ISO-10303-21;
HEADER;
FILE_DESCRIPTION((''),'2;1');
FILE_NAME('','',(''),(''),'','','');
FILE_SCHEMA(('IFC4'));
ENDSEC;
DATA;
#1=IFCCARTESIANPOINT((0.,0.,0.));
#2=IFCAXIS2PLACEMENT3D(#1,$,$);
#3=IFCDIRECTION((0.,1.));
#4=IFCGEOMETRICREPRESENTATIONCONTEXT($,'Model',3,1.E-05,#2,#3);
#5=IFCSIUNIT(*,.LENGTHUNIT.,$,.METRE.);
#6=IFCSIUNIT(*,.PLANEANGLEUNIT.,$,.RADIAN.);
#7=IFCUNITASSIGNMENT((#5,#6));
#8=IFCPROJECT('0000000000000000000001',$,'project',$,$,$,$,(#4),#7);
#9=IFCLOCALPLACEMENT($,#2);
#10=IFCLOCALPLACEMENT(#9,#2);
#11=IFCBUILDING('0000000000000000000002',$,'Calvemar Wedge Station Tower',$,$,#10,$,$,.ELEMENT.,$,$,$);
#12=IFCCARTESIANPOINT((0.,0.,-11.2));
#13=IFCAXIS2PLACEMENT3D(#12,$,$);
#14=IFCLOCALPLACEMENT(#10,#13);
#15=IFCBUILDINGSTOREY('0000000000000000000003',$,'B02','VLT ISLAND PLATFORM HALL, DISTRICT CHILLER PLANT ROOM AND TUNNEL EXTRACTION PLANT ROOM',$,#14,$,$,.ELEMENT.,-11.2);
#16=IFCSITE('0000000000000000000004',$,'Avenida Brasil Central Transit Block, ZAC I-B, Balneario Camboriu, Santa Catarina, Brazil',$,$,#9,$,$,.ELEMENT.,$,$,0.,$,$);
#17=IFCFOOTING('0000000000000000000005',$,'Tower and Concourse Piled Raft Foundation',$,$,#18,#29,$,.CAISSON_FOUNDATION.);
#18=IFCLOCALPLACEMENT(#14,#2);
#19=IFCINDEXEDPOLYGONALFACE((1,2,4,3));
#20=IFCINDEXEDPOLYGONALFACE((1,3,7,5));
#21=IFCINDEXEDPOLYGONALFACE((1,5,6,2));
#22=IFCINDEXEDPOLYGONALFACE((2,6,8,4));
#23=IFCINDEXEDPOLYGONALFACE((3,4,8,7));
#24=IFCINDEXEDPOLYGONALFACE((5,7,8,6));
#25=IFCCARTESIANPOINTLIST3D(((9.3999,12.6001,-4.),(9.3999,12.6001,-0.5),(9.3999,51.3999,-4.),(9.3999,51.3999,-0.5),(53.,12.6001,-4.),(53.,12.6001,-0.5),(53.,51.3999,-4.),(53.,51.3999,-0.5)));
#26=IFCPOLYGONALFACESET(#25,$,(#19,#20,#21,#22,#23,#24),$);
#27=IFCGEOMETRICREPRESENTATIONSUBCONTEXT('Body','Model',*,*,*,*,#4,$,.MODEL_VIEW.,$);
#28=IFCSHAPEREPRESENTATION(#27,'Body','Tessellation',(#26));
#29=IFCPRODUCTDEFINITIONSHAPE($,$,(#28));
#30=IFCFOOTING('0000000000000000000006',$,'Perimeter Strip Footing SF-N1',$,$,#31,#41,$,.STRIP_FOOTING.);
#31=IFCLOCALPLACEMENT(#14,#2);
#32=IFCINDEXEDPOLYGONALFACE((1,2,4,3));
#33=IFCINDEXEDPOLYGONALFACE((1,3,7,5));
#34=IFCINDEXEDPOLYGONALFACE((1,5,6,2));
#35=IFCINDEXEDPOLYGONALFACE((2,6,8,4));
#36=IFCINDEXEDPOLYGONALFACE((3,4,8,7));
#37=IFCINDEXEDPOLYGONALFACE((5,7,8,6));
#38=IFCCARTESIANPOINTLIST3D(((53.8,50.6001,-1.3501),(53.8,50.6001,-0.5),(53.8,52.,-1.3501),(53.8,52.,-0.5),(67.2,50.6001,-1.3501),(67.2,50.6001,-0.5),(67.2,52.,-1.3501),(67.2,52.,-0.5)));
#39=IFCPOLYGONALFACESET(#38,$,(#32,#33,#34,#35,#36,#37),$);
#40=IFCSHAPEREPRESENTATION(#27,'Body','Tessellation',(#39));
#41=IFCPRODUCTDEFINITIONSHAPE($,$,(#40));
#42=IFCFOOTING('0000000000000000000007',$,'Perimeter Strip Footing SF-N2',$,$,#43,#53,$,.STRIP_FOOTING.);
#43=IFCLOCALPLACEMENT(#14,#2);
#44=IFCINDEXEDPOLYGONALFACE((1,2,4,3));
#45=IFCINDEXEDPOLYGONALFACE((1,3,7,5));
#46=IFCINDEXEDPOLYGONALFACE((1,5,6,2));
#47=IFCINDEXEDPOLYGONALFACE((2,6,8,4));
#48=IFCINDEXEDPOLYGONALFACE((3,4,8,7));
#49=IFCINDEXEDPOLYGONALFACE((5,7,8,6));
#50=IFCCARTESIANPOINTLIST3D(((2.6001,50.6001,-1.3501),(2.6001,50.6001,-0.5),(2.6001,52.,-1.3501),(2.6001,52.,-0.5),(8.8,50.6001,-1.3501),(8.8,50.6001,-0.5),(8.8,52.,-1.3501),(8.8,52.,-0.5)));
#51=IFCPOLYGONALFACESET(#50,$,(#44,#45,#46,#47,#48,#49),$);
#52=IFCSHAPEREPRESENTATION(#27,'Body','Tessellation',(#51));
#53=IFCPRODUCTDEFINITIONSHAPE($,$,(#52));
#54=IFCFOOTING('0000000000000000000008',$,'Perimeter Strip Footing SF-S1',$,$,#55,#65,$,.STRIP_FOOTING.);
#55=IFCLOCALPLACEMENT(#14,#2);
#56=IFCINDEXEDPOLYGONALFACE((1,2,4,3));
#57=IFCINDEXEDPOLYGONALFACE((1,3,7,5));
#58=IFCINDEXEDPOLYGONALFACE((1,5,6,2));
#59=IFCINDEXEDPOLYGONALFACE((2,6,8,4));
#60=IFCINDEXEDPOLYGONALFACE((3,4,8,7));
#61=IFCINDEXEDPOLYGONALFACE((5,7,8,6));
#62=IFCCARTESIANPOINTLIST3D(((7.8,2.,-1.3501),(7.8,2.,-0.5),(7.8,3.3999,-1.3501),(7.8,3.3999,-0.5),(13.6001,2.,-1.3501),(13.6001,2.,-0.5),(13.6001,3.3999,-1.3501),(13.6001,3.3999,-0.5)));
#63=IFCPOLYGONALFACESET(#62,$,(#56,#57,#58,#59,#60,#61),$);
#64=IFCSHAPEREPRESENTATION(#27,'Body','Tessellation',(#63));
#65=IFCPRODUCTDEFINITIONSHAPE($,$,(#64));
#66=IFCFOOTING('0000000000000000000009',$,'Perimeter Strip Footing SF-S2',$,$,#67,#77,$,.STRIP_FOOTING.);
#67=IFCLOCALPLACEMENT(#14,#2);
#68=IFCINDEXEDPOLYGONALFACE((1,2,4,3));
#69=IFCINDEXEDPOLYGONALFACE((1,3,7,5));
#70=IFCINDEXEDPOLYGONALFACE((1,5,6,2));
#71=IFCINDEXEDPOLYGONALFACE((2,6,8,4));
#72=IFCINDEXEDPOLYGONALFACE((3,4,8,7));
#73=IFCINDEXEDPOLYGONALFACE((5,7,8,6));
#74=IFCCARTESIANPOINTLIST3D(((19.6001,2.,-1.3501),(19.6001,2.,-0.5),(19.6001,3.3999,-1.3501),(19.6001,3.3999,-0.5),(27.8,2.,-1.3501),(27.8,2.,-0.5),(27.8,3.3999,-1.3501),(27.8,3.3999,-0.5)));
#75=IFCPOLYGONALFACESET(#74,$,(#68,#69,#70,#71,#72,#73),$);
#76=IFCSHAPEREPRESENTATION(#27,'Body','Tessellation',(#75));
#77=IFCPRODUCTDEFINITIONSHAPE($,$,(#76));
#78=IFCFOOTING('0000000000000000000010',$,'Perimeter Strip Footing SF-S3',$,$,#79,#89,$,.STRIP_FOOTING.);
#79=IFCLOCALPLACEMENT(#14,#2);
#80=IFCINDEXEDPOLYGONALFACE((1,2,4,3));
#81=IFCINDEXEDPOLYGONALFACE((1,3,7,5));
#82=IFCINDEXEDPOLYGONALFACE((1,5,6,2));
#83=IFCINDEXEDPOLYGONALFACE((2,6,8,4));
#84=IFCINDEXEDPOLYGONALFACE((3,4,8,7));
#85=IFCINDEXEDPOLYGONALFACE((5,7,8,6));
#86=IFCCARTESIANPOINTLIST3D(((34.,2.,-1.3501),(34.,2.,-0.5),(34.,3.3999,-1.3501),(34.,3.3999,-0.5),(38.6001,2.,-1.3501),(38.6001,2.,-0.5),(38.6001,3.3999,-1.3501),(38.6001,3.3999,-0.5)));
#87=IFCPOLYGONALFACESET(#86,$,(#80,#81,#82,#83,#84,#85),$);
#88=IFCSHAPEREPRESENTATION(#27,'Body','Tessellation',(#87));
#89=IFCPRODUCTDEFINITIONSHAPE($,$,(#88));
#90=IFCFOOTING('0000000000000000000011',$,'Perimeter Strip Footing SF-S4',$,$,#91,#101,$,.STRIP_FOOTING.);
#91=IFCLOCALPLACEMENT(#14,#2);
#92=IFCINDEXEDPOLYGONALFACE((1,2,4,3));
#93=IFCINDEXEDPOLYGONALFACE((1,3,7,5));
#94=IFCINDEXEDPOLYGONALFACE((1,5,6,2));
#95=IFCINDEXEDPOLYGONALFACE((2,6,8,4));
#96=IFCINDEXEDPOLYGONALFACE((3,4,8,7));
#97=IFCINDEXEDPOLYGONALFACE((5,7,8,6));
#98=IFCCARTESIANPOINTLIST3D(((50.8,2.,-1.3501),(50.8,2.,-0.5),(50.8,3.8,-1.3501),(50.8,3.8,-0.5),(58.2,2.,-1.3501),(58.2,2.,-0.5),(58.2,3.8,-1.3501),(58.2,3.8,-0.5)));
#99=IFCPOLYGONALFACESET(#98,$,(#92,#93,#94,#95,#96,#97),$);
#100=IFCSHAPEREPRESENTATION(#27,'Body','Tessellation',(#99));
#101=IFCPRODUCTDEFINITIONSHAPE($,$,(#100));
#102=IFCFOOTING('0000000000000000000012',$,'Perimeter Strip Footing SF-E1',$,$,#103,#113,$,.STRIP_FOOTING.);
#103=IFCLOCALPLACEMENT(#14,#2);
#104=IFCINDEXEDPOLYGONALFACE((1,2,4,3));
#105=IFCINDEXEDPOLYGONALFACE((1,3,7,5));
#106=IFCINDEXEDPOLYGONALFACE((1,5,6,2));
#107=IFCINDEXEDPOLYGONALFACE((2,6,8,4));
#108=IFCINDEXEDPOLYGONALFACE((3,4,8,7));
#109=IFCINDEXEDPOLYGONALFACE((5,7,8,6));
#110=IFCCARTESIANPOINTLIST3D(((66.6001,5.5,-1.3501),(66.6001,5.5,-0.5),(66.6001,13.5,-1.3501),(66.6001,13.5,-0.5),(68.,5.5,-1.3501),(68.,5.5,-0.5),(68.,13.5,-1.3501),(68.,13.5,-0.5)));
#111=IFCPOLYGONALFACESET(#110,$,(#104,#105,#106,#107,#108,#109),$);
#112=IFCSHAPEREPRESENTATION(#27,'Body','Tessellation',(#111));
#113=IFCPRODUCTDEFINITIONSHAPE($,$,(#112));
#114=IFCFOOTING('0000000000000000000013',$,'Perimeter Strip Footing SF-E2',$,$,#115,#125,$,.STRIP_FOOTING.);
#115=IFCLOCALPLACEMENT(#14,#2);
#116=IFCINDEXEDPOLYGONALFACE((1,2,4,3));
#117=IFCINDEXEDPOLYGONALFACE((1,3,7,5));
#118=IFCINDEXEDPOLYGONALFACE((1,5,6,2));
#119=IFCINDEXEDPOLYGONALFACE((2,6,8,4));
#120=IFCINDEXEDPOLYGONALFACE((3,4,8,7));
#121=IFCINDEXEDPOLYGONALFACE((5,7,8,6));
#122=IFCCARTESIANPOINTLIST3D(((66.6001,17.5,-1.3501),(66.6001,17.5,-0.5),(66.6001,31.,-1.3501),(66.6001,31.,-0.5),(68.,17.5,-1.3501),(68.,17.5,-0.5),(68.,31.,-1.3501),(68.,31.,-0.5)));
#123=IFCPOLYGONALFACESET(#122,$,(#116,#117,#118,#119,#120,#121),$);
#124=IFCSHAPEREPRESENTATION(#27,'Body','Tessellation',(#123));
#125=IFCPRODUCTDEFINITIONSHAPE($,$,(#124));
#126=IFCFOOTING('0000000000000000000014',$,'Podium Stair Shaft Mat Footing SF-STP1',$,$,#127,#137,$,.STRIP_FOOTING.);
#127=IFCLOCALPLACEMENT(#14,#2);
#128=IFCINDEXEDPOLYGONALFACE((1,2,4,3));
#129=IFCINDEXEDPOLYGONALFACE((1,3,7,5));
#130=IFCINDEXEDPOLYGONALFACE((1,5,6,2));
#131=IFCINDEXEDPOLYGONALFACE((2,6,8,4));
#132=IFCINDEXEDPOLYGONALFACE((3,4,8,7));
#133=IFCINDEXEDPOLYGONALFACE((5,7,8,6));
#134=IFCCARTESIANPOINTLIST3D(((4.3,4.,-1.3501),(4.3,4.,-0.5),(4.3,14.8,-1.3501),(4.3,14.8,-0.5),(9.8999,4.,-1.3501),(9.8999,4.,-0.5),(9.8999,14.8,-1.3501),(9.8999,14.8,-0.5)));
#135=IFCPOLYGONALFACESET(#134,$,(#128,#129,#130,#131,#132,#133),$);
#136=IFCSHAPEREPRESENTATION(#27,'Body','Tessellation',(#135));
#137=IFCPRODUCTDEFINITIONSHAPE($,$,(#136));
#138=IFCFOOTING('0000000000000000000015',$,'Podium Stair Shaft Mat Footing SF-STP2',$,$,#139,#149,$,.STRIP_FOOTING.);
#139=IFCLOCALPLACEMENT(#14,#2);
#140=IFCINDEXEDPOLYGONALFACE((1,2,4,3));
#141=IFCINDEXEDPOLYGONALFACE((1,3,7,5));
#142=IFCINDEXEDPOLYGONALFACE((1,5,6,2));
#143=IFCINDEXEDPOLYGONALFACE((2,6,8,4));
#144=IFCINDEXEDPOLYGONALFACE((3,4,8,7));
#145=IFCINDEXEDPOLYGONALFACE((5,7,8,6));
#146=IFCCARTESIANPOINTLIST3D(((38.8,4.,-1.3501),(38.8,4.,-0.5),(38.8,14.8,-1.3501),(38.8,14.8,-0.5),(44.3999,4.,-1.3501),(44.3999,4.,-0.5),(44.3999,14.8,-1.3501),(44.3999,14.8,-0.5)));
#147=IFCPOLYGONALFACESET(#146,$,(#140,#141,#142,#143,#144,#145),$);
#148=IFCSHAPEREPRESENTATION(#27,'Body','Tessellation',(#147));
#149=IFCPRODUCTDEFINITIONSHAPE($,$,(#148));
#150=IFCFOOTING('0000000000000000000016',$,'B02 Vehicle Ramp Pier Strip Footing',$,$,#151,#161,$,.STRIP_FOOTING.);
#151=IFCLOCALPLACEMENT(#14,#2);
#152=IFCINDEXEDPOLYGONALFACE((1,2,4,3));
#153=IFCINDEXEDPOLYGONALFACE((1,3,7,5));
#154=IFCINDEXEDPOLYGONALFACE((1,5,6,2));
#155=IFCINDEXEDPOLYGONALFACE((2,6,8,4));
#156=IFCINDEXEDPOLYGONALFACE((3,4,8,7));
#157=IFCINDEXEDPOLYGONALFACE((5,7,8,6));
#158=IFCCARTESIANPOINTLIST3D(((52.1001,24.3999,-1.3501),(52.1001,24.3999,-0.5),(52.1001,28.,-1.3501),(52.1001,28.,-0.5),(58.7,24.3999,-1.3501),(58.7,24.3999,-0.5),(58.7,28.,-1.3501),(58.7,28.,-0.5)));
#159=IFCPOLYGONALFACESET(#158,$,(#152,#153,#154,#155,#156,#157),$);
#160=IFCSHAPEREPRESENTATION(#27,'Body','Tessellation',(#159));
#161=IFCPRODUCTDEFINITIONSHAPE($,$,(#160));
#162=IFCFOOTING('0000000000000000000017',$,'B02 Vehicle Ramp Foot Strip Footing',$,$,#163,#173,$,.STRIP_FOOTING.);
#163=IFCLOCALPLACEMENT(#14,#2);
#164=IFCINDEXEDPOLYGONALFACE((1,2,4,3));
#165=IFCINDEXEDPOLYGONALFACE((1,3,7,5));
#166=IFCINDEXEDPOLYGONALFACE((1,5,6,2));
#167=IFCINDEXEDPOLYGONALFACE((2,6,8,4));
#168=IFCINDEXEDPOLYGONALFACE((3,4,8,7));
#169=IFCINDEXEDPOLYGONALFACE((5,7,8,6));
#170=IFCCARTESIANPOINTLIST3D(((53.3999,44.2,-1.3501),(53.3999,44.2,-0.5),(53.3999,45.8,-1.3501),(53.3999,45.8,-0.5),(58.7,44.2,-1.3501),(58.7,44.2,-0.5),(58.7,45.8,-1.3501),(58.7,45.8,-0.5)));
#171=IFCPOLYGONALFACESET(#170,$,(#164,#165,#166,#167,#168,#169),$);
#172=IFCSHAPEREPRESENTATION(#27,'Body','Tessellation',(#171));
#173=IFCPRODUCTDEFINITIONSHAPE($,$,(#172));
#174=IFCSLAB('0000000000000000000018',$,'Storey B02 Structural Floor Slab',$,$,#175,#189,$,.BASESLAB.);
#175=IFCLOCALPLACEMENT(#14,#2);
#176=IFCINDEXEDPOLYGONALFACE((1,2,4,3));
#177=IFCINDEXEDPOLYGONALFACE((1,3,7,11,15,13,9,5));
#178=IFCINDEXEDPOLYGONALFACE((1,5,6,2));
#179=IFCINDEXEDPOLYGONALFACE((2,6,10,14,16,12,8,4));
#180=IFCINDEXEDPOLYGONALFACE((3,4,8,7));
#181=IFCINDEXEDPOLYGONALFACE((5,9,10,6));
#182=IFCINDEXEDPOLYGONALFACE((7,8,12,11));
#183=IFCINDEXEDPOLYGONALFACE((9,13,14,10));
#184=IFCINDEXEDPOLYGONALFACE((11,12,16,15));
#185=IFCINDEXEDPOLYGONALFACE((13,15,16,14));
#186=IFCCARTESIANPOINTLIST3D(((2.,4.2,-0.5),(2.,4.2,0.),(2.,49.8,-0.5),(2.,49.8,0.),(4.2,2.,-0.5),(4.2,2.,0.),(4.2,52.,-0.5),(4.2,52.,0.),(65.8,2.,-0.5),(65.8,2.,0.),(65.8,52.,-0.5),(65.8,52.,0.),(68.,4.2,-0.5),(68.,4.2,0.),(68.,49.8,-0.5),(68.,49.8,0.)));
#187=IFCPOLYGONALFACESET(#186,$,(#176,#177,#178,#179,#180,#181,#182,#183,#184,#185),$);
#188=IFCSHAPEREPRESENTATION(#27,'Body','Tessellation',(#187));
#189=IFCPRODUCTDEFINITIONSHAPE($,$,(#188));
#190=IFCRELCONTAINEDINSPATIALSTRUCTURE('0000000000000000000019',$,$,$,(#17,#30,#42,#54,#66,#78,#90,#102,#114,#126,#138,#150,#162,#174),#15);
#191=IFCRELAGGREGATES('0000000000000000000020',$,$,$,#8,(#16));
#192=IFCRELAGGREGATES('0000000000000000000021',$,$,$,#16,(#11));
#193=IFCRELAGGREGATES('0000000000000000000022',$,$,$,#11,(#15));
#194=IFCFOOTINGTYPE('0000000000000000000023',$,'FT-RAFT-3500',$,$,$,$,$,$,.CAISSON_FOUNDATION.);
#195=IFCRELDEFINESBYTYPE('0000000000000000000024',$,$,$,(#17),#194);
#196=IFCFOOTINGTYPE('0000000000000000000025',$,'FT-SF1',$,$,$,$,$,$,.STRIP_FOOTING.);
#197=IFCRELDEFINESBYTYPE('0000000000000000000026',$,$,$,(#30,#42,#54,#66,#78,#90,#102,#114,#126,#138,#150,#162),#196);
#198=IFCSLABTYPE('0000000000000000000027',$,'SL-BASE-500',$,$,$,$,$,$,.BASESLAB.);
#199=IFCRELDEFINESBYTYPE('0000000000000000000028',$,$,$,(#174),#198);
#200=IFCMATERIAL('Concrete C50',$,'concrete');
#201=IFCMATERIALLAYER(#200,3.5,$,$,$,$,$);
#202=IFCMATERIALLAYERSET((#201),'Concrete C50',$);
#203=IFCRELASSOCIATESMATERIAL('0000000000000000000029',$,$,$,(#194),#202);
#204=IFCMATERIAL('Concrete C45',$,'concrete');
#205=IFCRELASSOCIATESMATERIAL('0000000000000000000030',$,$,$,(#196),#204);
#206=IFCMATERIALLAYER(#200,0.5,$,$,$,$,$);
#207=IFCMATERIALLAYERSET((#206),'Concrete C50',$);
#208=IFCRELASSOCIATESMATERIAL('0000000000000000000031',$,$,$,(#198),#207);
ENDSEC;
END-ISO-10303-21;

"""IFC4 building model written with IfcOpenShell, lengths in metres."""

from ifc_helpers import new_model, si_unit, direction, frame, origin, place, context, subcontext, project, spatial, polyline, outline, extrude, material, layer, layer_set, type_object, element, save


model = new_model("IFC4")

# Units and contexts
model_context = context("Model", 3, precision=1e-05, world=origin(), true_north=direction((0.0, 1.0)))
body_context = subcontext(model_context, "Body", "Model", "MODEL_VIEW")
ifc_project = project(units=[si_unit("LENGTHUNIT", "METRE"), si_unit("PLANEANGLEUNIT", "RADIAN")], contexts=[model_context])

# Site, building, storey
site_placement = place(None, origin())
site = spatial("IfcSite", under=ifc_project, at=site_placement, Name="Avenida Brasil Central Transit Block, ZAC I-B, Balneario Camboriu, Santa Catarina, Brazil", CompositionType="ELEMENT", RefElevation=0.0)
building_placement = place(site_placement, origin())
building = spatial("IfcBuilding", under=site, at=building_placement, Name="Calvemar Wedge Station Tower", CompositionType="ELEMENT")
storey_placement = place(building_placement, frame((0.0, 0.0, -11.2)))
storey = spatial("IfcBuildingStorey", under=building, at=storey_placement, Name="B02", Description="VLT ISLAND PLATFORM HALL, DISTRICT CHILLER PLANT ROOM AND TUNNEL EXTRACTION PLANT ROOM", CompositionType="ELEMENT", Elevation=-11.2)

# Footings
ifc_material_1 = material(Name="Concrete C50", Category="concrete")
ifc_layer_1 = layer(ifc_material_1, 3.5)
ifc_layer_set_1 = layer_set([ifc_layer_1], Name="Concrete C50")
footing_type_1 = type_object("IfcFootingType", Name="FT-RAFT-3500", PredefinedType="CAISSON_FOUNDATION", material=ifc_layer_set_1)
footing_1_placement = place(storey_placement, frame((0.0, 0.0, -4.0)))
element("IfcFooting", 1, at=footing_1_placement, inside=storey, type_object=footing_type_1, Name="Tower and Concourse Piled Raft Foundation", PredefinedType="CAISSON_FOUNDATION", context=body_context, shape_type="SweptSolid", body=[
    extrude(outline(polyline([(9.3999, 12.6001), (53.0, 12.6001), (53.0, 51.3999), (9.3999, 51.3999), (9.3999, 12.6001)])), origin(), (0.0, 0.0, 1.0), 3.5),
])
ifc_material_2 = material(Name="Concrete C45", Category="concrete")
footing_type_2 = type_object("IfcFootingType", Name="FT-SF1", PredefinedType="STRIP_FOOTING", material=ifc_material_2)
footing_2_placement = place(storey_placement, frame((0.0, 0.0, -1.3501)))
element("IfcFooting", 2, at=footing_2_placement, inside=storey, type_object=footing_type_2, Name="Perimeter Strip Footing SF-N1", PredefinedType="STRIP_FOOTING", context=body_context, shape_type="SweptSolid", body=[
    extrude(outline(polyline([(53.8, 50.6001), (67.2, 50.6001), (67.2, 52.0), (53.8, 52.0), (53.8, 50.6001)])), origin(), (0.0, 0.0, 1.0), 0.8501),
])
footing_3_placement = place(storey_placement, frame((0.0, 0.0, -1.3501)))
element("IfcFooting", 3, at=footing_3_placement, inside=storey, type_object=footing_type_2, Name="Perimeter Strip Footing SF-N2", PredefinedType="STRIP_FOOTING", context=body_context, shape_type="SweptSolid", body=[
    extrude(outline(polyline([(2.6001, 50.6001), (8.8, 50.6001), (8.8, 52.0), (2.6001, 52.0), (2.6001, 50.6001)])), origin(), (0.0, 0.0, 1.0), 0.8501),
])
footing_4_placement = place(storey_placement, frame((0.0, 0.0, -1.3501)))
element("IfcFooting", 4, at=footing_4_placement, inside=storey, type_object=footing_type_2, Name="Perimeter Strip Footing SF-S1", PredefinedType="STRIP_FOOTING", context=body_context, shape_type="SweptSolid", body=[
    extrude(outline(polyline([(7.8, 2.0), (13.6001, 2.0), (13.6001, 3.3999), (7.8, 3.3999), (7.8, 2.0)])), origin(), (0.0, 0.0, 1.0), 0.8501),
])
footing_5_placement = place(storey_placement, frame((0.0, 0.0, -1.3501)))
element("IfcFooting", 5, at=footing_5_placement, inside=storey, type_object=footing_type_2, Name="Perimeter Strip Footing SF-S2", PredefinedType="STRIP_FOOTING", context=body_context, shape_type="SweptSolid", body=[
    extrude(outline(polyline([(19.6001, 2.0), (27.8, 2.0), (27.8, 3.3999), (19.6001, 3.3999), (19.6001, 2.0)])), origin(), (0.0, 0.0, 1.0), 0.8501),
])
footing_6_placement = place(storey_placement, frame((0.0, 0.0, -1.3501)))
element("IfcFooting", 6, at=footing_6_placement, inside=storey, type_object=footing_type_2, Name="Perimeter Strip Footing SF-S3", PredefinedType="STRIP_FOOTING", context=body_context, shape_type="SweptSolid", body=[
    extrude(outline(polyline([(34.0, 2.0), (38.6001, 2.0), (38.6001, 3.3999), (34.0, 3.3999), (34.0, 2.0)])), origin(), (0.0, 0.0, 1.0), 0.8501),
])
footing_7_placement = place(storey_placement, frame((0.0, 0.0, -1.3501)))
element("IfcFooting", 7, at=footing_7_placement, inside=storey, type_object=footing_type_2, Name="Perimeter Strip Footing SF-S4", PredefinedType="STRIP_FOOTING", context=body_context, shape_type="SweptSolid", body=[
    extrude(outline(polyline([(50.8, 2.0), (58.2, 2.0), (58.2, 3.8), (50.8, 3.8), (50.8, 2.0)])), origin(), (0.0, 0.0, 1.0), 0.8501),
])
footing_8_placement = place(storey_placement, frame((0.0, 0.0, -1.3501)))
element("IfcFooting", 8, at=footing_8_placement, inside=storey, type_object=footing_type_2, Name="Perimeter Strip Footing SF-E1", PredefinedType="STRIP_FOOTING", context=body_context, shape_type="SweptSolid", body=[
    extrude(outline(polyline([(66.6001, 5.5), (68.0, 5.5), (68.0, 13.5), (66.6001, 13.5), (66.6001, 5.5)])), origin(), (0.0, 0.0, 1.0), 0.8501),
])
footing_9_placement = place(storey_placement, frame((0.0, 0.0, -1.3501)))
element("IfcFooting", 9, at=footing_9_placement, inside=storey, type_object=footing_type_2, Name="Perimeter Strip Footing SF-E2", PredefinedType="STRIP_FOOTING", context=body_context, shape_type="SweptSolid", body=[
    extrude(outline(polyline([(66.6001, 17.5), (68.0, 17.5), (68.0, 31.0), (66.6001, 31.0), (66.6001, 17.5)])), origin(), (0.0, 0.0, 1.0), 0.8501),
])
footing_10_placement = place(storey_placement, frame((0.0, 0.0, -1.3501)))
element("IfcFooting", 10, at=footing_10_placement, inside=storey, type_object=footing_type_2, Name="Podium Stair Shaft Mat Footing SF-STP1", PredefinedType="STRIP_FOOTING", context=body_context, shape_type="SweptSolid", body=[
    extrude(outline(polyline([(4.3, 4.0), (9.8999, 4.0), (9.8999, 14.8), (4.3, 14.8), (4.3, 4.0)])), origin(), (0.0, 0.0, 1.0), 0.8501),
])
footing_11_placement = place(storey_placement, frame((0.0, 0.0, -1.3501)))
element("IfcFooting", 11, at=footing_11_placement, inside=storey, type_object=footing_type_2, Name="Podium Stair Shaft Mat Footing SF-STP2", PredefinedType="STRIP_FOOTING", context=body_context, shape_type="SweptSolid", body=[
    extrude(outline(polyline([(38.8, 4.0), (44.3999, 4.0), (44.3999, 14.8), (38.8, 14.8), (38.8, 4.0)])), origin(), (0.0, 0.0, 1.0), 0.8501),
])
footing_12_placement = place(storey_placement, frame((0.0, 0.0, -1.3501)))
element("IfcFooting", 12, at=footing_12_placement, inside=storey, type_object=footing_type_2, Name="B02 Vehicle Ramp Pier Strip Footing", PredefinedType="STRIP_FOOTING", context=body_context, shape_type="SweptSolid", body=[
    extrude(outline(polyline([(52.1001, 24.3999), (58.7, 24.3999), (58.7, 28.0), (52.1001, 28.0), (52.1001, 24.3999)])), origin(), (0.0, 0.0, 1.0), 0.8501),
])
footing_13_placement = place(storey_placement, frame((0.0, 0.0, -1.3501)))
element("IfcFooting", 13, at=footing_13_placement, inside=storey, type_object=footing_type_2, Name="B02 Vehicle Ramp Foot Strip Footing", PredefinedType="STRIP_FOOTING", context=body_context, shape_type="SweptSolid", body=[
    extrude(outline(polyline([(53.3999, 44.2), (58.7, 44.2), (58.7, 45.8), (53.3999, 45.8), (53.3999, 44.2)])), origin(), (0.0, 0.0, 1.0), 0.8501),
])

# Slab
ifc_layer_2 = layer(ifc_material_1, 0.5)
ifc_layer_set_2 = layer_set([ifc_layer_2], Name="Concrete C50")
slab_type_1 = type_object("IfcSlabType", Name="SL-BASE-500", PredefinedType="BASESLAB", material=ifc_layer_set_2)
slab_1_placement = place(storey_placement, frame((0.0, 0.0, -0.5)))
element("IfcSlab", 14, at=slab_1_placement, inside=storey, type_object=slab_type_1, Name="Storey B02 Structural Floor Slab", PredefinedType="BASESLAB", context=body_context, shape_type="SweptSolid", body=[
    extrude(outline(polyline([(4.2, 2.0), (65.8, 2.0), (68.0, 4.2), (68.0, 49.8), (65.8, 52.0), (4.2, 52.0), (2.0, 49.8), (2.0, 4.2), (4.2, 2.0)])), origin(), (0.0, 0.0, 1.0), 0.5),
])

save(model, "model.ifc")
